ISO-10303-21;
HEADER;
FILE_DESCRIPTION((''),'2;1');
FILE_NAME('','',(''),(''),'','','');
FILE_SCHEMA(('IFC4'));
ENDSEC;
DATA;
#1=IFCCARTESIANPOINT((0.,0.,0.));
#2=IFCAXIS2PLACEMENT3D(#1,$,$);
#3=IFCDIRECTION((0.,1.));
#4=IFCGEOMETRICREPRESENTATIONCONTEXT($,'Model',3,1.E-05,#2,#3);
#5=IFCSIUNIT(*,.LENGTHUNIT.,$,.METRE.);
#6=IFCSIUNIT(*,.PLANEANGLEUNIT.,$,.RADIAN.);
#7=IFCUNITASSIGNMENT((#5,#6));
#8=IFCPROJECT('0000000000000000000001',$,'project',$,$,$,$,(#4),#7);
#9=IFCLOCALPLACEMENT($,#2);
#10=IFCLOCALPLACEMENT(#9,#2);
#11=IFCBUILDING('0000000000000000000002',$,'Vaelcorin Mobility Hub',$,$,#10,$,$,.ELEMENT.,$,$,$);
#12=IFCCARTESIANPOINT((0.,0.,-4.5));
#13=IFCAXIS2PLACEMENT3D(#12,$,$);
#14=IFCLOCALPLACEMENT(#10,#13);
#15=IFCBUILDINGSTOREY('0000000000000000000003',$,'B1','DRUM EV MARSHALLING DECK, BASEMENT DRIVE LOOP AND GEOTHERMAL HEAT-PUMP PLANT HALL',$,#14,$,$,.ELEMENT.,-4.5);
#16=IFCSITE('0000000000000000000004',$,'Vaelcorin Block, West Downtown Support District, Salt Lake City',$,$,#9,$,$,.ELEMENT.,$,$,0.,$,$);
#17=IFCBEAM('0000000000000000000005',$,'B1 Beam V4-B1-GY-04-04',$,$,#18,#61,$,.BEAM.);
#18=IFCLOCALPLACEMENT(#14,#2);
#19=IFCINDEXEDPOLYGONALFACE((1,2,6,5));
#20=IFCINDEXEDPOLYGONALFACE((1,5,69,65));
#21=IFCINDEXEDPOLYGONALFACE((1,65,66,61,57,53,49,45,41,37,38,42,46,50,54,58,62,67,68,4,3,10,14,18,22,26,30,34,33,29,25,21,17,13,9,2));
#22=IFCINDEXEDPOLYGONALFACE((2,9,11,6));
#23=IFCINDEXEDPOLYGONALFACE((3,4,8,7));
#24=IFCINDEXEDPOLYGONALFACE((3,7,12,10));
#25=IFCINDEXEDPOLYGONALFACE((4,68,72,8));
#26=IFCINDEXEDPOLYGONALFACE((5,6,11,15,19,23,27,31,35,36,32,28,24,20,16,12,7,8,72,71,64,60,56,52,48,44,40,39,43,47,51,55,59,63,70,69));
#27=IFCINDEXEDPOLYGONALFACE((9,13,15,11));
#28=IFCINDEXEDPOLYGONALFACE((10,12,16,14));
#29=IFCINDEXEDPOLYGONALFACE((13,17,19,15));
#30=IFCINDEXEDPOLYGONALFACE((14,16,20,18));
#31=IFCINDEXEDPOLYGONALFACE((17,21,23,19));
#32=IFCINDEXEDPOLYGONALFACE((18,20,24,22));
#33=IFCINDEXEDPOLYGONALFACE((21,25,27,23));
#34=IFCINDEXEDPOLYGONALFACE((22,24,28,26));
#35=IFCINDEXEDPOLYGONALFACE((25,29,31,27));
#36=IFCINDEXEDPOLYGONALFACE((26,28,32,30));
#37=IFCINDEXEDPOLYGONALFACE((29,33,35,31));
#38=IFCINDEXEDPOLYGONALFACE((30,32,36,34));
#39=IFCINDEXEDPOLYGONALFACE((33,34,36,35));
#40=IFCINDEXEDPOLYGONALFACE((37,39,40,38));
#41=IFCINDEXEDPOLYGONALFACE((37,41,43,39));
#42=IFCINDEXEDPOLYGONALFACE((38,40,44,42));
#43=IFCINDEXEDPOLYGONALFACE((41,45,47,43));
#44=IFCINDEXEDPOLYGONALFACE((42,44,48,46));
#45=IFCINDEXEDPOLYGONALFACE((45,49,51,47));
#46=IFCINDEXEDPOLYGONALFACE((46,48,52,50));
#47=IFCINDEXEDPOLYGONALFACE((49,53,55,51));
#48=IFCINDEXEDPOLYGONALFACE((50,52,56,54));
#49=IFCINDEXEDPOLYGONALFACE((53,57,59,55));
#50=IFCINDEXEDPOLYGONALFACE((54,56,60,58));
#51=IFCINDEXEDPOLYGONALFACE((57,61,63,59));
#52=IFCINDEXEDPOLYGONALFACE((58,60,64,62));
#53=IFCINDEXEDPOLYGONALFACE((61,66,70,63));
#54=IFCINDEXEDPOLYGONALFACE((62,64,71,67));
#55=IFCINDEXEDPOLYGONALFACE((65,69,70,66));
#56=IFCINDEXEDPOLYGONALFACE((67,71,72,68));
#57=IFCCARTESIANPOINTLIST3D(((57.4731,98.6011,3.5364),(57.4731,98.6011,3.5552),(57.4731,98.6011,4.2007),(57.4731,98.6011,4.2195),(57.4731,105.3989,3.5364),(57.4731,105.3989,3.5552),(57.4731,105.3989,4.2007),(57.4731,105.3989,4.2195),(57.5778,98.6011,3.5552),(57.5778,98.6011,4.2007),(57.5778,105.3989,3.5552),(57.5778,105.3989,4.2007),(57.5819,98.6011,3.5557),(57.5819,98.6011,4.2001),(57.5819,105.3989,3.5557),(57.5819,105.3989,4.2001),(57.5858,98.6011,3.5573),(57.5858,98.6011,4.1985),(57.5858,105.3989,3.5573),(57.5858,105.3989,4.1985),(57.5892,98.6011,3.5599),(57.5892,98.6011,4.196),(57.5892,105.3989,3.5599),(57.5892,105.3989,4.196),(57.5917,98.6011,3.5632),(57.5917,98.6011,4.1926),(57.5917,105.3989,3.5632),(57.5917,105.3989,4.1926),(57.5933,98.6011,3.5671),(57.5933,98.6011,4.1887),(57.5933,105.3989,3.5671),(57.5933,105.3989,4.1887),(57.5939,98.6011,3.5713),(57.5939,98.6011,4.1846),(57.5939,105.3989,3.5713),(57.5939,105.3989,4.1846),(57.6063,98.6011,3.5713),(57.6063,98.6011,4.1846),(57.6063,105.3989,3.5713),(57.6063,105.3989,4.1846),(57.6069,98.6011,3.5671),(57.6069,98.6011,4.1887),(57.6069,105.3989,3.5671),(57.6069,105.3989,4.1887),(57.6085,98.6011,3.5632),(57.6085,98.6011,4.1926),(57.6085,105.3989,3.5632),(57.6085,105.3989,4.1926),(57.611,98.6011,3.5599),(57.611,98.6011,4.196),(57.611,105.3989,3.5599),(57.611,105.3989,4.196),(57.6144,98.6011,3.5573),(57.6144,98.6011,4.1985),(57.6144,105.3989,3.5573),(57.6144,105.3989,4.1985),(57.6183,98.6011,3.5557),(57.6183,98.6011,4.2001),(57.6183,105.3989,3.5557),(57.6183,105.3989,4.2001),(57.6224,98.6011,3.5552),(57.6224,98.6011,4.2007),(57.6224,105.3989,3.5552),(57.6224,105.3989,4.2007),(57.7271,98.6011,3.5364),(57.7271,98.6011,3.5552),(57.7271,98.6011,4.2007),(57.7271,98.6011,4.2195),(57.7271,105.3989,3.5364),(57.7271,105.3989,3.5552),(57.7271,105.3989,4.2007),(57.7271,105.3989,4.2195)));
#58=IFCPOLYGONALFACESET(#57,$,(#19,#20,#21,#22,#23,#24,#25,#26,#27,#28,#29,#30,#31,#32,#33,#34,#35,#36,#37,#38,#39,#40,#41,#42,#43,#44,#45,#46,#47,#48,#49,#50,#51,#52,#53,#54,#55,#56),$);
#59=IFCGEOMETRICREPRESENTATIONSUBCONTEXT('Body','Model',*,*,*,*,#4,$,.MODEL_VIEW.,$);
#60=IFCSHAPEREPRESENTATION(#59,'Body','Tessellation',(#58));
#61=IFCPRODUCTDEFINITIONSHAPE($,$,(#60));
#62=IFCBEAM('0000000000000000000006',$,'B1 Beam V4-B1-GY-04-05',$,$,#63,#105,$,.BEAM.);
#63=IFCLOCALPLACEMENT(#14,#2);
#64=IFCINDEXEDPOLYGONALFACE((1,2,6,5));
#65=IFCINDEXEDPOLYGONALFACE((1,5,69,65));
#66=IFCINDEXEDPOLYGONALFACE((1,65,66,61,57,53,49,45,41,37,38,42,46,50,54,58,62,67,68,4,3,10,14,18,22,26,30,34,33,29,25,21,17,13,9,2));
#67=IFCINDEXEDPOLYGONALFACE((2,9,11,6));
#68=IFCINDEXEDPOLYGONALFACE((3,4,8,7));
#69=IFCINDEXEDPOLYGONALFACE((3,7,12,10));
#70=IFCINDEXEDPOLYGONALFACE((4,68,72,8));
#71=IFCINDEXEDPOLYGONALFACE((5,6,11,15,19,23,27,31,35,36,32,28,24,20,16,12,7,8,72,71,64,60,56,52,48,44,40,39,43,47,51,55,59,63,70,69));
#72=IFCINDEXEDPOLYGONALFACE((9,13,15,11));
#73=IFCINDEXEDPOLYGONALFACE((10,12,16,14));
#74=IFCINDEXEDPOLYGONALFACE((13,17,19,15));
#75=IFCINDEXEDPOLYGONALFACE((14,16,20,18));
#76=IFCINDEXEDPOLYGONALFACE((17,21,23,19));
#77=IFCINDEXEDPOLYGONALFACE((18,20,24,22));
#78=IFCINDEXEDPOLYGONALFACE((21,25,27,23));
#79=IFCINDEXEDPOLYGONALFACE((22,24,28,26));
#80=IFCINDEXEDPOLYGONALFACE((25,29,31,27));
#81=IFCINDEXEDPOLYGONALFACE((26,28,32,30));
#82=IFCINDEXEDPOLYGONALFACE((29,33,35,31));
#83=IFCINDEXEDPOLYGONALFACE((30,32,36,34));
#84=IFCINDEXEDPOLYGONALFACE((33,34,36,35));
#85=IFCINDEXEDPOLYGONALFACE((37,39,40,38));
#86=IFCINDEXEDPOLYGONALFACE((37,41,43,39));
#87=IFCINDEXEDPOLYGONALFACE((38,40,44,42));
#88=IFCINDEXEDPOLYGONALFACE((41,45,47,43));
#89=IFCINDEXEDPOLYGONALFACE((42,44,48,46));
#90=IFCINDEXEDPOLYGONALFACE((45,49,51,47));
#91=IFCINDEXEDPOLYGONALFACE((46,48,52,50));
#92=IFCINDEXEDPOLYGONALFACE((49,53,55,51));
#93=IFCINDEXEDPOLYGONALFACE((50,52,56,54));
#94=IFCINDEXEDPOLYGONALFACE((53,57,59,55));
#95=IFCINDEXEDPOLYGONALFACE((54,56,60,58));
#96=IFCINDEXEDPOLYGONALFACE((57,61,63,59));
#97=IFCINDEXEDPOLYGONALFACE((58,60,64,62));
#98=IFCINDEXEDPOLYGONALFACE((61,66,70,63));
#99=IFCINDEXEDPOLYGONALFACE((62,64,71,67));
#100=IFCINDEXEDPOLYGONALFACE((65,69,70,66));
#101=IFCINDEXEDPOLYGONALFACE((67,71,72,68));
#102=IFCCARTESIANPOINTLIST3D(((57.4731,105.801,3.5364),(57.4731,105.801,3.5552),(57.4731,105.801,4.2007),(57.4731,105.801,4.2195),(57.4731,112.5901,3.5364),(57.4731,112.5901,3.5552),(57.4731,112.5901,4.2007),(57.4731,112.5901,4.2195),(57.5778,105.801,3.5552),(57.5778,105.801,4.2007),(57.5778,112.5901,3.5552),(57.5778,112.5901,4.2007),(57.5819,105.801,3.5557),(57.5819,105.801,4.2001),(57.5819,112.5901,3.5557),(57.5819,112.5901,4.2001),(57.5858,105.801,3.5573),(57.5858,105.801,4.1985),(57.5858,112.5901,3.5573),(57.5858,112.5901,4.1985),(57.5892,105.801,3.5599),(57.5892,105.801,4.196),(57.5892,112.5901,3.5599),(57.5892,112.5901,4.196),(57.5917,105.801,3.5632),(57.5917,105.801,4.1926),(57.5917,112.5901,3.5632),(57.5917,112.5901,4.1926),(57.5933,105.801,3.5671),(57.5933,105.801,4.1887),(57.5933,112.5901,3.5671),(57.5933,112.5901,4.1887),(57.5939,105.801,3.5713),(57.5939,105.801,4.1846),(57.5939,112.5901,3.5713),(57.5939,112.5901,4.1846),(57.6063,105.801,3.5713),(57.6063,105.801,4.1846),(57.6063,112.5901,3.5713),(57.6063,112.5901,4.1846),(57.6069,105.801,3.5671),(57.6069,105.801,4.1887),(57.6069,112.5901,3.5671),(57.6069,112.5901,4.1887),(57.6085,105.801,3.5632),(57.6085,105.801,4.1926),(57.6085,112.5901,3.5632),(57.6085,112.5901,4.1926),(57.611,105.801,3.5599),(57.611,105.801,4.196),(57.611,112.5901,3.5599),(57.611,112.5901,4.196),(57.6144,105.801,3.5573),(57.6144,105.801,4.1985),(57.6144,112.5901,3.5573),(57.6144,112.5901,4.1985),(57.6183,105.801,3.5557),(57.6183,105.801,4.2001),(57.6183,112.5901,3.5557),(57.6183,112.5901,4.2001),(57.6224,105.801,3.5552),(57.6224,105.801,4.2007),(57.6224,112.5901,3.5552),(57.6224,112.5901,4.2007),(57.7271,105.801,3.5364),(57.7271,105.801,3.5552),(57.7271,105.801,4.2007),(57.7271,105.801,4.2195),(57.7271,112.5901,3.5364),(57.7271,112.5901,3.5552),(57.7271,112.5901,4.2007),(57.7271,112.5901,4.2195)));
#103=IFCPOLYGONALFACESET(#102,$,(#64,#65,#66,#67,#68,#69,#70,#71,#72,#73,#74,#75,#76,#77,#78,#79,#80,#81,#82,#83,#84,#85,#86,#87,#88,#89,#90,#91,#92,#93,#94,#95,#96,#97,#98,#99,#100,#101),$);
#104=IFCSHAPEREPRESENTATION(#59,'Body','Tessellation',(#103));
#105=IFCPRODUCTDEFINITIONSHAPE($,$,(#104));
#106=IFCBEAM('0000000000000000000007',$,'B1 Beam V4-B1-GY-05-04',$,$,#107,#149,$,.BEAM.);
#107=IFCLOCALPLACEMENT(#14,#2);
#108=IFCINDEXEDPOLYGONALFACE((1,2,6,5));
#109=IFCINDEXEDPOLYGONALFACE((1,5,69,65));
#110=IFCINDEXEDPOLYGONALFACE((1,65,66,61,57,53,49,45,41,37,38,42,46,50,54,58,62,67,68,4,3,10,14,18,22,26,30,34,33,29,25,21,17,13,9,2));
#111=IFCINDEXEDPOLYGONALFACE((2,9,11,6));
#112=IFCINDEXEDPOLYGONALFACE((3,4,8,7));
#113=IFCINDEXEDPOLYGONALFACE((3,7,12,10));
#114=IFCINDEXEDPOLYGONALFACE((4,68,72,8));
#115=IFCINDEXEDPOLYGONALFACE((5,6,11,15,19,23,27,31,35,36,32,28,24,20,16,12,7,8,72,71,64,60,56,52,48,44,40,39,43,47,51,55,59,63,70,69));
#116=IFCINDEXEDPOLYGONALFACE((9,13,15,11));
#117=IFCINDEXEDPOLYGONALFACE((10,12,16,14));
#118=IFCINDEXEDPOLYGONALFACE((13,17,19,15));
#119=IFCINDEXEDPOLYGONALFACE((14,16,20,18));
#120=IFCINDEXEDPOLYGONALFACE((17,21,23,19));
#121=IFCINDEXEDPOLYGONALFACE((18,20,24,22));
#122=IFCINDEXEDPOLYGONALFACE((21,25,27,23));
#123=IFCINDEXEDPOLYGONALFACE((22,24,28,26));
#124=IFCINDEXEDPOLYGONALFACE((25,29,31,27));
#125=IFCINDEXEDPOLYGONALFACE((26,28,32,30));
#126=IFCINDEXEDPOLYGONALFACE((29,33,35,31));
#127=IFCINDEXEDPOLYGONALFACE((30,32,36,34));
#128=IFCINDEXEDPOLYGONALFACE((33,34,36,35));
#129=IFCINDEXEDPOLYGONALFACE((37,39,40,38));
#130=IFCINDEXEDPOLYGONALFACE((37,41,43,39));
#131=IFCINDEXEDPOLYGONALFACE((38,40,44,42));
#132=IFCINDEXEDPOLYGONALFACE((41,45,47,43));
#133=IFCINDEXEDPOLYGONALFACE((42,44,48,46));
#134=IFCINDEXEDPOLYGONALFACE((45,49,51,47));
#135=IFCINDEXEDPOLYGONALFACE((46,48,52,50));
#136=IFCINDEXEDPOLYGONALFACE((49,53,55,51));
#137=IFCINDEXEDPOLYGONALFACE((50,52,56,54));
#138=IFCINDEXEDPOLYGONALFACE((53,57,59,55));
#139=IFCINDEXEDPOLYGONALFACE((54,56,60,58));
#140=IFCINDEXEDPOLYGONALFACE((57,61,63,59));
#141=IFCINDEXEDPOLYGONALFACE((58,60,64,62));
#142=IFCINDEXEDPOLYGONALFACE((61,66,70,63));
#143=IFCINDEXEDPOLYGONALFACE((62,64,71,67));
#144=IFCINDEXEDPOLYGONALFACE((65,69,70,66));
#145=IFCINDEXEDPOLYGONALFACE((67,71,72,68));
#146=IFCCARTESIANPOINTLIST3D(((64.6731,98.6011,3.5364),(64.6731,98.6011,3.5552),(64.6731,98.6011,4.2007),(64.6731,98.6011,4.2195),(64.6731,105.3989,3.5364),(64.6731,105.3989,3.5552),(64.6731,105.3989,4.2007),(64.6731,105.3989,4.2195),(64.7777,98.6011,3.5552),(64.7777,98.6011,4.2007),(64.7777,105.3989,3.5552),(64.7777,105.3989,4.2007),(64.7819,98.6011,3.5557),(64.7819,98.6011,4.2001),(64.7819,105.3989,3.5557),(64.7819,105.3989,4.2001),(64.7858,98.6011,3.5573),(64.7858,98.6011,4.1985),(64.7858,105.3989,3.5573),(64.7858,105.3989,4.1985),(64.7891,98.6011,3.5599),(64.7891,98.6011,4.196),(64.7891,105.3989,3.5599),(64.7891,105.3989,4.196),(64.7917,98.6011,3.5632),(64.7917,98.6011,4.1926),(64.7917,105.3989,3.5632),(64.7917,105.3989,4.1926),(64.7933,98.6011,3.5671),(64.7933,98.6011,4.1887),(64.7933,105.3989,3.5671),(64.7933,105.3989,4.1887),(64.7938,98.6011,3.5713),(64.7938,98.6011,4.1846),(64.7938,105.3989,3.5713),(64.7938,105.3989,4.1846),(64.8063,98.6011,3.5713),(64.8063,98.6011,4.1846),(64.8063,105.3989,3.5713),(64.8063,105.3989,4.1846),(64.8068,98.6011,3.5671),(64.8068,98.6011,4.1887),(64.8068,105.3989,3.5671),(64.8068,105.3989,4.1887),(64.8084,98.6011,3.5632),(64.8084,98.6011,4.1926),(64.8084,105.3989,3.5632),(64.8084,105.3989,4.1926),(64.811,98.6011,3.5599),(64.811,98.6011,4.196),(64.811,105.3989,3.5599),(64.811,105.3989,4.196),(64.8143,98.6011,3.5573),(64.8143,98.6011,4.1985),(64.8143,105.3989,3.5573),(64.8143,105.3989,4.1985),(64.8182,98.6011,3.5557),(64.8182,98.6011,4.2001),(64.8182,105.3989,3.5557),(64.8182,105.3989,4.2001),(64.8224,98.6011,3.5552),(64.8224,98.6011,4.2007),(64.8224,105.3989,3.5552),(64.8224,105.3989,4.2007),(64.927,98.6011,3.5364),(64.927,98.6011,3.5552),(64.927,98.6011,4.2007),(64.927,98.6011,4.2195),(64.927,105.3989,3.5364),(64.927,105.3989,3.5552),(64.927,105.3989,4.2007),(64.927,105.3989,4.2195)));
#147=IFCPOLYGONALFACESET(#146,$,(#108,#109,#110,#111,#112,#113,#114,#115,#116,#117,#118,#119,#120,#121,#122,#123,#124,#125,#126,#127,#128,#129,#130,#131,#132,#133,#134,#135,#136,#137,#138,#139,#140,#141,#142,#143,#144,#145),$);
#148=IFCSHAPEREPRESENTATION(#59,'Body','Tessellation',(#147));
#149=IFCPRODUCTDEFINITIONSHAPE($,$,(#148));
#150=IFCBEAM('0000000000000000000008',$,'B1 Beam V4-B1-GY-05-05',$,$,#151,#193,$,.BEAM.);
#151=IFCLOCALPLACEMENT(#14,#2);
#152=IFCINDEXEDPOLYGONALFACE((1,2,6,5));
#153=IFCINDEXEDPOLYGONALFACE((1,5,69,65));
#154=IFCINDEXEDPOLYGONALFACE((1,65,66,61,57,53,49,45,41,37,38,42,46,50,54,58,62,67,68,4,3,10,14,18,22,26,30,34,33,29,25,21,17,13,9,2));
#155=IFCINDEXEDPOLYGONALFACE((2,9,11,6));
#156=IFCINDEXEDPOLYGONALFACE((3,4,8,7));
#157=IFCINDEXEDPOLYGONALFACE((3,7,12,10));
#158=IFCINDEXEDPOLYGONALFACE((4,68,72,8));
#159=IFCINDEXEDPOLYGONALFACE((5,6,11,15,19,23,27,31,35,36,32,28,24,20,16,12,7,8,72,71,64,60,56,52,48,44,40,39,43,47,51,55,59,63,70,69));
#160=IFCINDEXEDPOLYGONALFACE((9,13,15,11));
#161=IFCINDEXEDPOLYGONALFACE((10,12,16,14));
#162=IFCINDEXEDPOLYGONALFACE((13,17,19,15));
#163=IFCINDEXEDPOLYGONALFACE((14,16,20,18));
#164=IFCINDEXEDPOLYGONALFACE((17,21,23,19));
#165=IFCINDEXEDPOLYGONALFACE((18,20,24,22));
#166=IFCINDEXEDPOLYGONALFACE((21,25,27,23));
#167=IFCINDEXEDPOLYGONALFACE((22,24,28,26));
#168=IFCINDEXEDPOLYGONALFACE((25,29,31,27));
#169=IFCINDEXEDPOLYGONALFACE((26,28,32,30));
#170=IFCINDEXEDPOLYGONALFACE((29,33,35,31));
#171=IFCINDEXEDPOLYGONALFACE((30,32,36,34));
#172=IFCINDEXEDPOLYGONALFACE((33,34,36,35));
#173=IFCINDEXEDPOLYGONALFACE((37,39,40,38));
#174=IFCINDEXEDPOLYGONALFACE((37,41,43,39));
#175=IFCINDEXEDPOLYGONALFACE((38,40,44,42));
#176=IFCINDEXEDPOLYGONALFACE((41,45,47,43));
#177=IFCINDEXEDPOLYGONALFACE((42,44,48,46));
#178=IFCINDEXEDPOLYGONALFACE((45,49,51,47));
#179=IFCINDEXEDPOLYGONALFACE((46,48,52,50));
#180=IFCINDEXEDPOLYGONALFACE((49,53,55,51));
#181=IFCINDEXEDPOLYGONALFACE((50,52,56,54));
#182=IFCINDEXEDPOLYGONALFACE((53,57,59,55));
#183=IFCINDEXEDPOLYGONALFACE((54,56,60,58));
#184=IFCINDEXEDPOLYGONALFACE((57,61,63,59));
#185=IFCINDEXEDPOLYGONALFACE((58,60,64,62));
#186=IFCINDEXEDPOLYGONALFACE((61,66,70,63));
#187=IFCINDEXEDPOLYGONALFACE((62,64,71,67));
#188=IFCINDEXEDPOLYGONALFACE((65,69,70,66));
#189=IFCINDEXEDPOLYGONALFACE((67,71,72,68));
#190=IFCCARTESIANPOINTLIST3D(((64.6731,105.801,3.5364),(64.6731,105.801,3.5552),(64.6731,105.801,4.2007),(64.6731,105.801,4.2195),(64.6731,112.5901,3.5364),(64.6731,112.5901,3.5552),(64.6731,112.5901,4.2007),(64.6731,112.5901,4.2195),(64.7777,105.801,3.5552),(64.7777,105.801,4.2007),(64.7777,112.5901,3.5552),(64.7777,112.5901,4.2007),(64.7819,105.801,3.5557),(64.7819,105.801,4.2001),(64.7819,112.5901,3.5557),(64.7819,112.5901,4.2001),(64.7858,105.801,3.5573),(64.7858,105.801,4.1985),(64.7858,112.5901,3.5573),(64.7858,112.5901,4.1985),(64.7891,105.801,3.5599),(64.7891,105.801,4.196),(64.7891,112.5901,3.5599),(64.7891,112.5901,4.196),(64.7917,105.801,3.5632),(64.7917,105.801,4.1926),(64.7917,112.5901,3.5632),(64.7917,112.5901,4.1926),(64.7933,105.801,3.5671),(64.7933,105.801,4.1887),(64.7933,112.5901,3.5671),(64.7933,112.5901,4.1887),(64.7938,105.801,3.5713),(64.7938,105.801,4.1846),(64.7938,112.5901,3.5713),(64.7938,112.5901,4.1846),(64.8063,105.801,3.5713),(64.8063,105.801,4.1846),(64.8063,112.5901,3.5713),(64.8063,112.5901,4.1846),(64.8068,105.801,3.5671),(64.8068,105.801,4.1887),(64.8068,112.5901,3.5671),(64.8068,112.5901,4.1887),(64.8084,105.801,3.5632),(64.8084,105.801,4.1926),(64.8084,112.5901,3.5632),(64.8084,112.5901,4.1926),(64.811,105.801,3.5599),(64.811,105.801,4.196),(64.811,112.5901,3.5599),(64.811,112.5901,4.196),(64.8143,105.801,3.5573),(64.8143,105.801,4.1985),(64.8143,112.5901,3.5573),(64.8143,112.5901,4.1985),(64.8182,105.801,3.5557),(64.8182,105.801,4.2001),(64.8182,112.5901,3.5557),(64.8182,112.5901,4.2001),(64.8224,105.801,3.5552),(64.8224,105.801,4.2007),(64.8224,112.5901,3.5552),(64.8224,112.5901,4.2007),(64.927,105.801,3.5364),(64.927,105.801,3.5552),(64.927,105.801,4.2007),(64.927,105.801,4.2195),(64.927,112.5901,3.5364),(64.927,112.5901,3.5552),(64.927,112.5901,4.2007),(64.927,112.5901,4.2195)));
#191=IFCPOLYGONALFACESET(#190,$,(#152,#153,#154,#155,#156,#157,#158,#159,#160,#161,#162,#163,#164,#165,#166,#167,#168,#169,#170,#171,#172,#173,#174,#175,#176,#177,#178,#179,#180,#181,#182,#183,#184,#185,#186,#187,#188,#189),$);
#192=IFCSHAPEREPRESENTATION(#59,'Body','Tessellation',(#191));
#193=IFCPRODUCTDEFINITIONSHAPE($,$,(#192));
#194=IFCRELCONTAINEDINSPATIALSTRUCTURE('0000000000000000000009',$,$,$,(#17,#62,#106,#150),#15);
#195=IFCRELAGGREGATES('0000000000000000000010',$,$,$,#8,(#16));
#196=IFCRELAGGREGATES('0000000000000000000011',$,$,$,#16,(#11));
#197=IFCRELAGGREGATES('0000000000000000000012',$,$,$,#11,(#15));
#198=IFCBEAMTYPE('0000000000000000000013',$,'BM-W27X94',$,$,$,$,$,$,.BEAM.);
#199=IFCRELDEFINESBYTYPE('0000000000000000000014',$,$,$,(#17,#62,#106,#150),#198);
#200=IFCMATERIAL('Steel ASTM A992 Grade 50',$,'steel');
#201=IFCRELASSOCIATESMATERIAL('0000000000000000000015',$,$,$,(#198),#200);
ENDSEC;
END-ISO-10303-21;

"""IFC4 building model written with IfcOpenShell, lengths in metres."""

from ifc_helpers import new_model, si_unit, direction, frame, origin, origin_2d, place, context, subcontext, project, spatial, i_section, extrude, material, material_profile, profile_set, type_object, element, save


model = new_model("IFC4")

# Units and contexts
model_context = context("Model", 3, precision=1e-05, world=origin(), true_north=direction((0.0, 1.0)))
body_context = subcontext(model_context, "Body", "Model", "MODEL_VIEW")
ifc_project = project(units=[si_unit("LENGTHUNIT", "METRE"), si_unit("PLANEANGLEUNIT", "RADIAN")], contexts=[model_context])

# Site, building, storey
site_placement = place(None, origin())
site = spatial("IfcSite", under=ifc_project, at=site_placement, Name="Vaelcorin Block, West Downtown Support District, Salt Lake City", CompositionType="ELEMENT", RefElevation=0.0)
building_placement = place(site_placement, origin())
building = spatial("IfcBuilding", under=site, at=building_placement, Name="Vaelcorin Mobility Hub", CompositionType="ELEMENT")
storey_placement = place(building_placement, frame((0.0, 0.0, -4.5)))
storey = spatial("IfcBuildingStorey", under=building, at=storey_placement, Name="B1", Description="DRUM EV MARSHALLING DECK, BASEMENT DRIVE LOOP AND GEOTHERMAL HEAT-PUMP PLANT HALL", CompositionType="ELEMENT", Elevation=-4.5)

# Shared definitions
ifc_material_1 = material(Name="Steel ASTM A992 Grade 50", Category="steel")

# Beams
ifc_material_profile_1 = material_profile(ifc_material_1, i_section(OverallWidth=0.2539, OverallDepth=0.6831, WebThickness=0.0125, FlangeThickness=0.0188, FilletRadius=0.0161, at=origin_2d()), Name="W27X94")
ifc_profile_set_1 = profile_set([ifc_material_profile_1], Name="Steel ASTM A992 Grade 50")
beam_type_1 = type_object("IfcBeamType", Name="BM-W27X94", PredefinedType="BEAM", material=ifc_profile_set_1)
beam_1_placement = place(storey_placement, frame((57.6001, 98.6011, 3.8779), z_axis=(0.0, 1.0, 0.0), x_axis=(-1.0, 0.0, 0.0)))
element("IfcBeam", 1, at=beam_1_placement, inside=storey, type_object=beam_type_1, Name="B1 Beam V4-B1-GY-04-04", PredefinedType="BEAM", context=body_context, shape_type="SweptSolid", body=[
    extrude(i_section(OverallWidth=0.2539, OverallDepth=0.6831, WebThickness=0.0125, FlangeThickness=0.0188, FilletRadius=0.0161, at=origin_2d()), origin(), (0.0, 0.0, 1.0), 6.7979),
])
beam_2_placement = place(storey_placement, frame((57.6001, 105.801, 3.8779), z_axis=(0.0, 1.0, 0.0), x_axis=(-1.0, 0.0, 0.0)))
element("IfcBeam", 2, at=beam_2_placement, inside=storey, type_object=beam_type_1, Name="B1 Beam V4-B1-GY-04-05", PredefinedType="BEAM", context=body_context, shape_type="SweptSolid", body=[
    extrude(i_section(OverallWidth=0.2539, OverallDepth=0.6831, WebThickness=0.0125, FlangeThickness=0.0188, FilletRadius=0.0161, at=origin_2d()), origin(), (0.0, 0.0, 1.0), 6.7891),
])
beam_3_placement = place(storey_placement, frame((64.8, 98.6011, 3.8779), z_axis=(0.0, 1.0, 0.0), x_axis=(-1.0, 0.0, 0.0)))
element("IfcBeam", 3, at=beam_3_placement, inside=storey, type_object=beam_type_1, Name="B1 Beam V4-B1-GY-05-04", PredefinedType="BEAM", context=body_context, shape_type="SweptSolid", body=[
    extrude(i_section(OverallWidth=0.2539, OverallDepth=0.6831, WebThickness=0.0125, FlangeThickness=0.0188, FilletRadius=0.0161, at=origin_2d()), origin(), (0.0, 0.0, 1.0), 6.7979),
])
beam_4_placement = place(storey_placement, frame((64.8, 105.801, 3.8779), z_axis=(0.0, 1.0, 0.0), x_axis=(-1.0, 0.0, 0.0)))
element("IfcBeam", 4, at=beam_4_placement, inside=storey, type_object=beam_type_1, Name="B1 Beam V4-B1-GY-05-05", PredefinedType="BEAM", context=body_context, shape_type="SweptSolid", body=[
    extrude(i_section(OverallWidth=0.2539, OverallDepth=0.6831, WebThickness=0.0125, FlangeThickness=0.0188, FilletRadius=0.0161, at=origin_2d()), origin(), (0.0, 0.0, 1.0), 6.7891),
])

save(model, "model.ifc")
